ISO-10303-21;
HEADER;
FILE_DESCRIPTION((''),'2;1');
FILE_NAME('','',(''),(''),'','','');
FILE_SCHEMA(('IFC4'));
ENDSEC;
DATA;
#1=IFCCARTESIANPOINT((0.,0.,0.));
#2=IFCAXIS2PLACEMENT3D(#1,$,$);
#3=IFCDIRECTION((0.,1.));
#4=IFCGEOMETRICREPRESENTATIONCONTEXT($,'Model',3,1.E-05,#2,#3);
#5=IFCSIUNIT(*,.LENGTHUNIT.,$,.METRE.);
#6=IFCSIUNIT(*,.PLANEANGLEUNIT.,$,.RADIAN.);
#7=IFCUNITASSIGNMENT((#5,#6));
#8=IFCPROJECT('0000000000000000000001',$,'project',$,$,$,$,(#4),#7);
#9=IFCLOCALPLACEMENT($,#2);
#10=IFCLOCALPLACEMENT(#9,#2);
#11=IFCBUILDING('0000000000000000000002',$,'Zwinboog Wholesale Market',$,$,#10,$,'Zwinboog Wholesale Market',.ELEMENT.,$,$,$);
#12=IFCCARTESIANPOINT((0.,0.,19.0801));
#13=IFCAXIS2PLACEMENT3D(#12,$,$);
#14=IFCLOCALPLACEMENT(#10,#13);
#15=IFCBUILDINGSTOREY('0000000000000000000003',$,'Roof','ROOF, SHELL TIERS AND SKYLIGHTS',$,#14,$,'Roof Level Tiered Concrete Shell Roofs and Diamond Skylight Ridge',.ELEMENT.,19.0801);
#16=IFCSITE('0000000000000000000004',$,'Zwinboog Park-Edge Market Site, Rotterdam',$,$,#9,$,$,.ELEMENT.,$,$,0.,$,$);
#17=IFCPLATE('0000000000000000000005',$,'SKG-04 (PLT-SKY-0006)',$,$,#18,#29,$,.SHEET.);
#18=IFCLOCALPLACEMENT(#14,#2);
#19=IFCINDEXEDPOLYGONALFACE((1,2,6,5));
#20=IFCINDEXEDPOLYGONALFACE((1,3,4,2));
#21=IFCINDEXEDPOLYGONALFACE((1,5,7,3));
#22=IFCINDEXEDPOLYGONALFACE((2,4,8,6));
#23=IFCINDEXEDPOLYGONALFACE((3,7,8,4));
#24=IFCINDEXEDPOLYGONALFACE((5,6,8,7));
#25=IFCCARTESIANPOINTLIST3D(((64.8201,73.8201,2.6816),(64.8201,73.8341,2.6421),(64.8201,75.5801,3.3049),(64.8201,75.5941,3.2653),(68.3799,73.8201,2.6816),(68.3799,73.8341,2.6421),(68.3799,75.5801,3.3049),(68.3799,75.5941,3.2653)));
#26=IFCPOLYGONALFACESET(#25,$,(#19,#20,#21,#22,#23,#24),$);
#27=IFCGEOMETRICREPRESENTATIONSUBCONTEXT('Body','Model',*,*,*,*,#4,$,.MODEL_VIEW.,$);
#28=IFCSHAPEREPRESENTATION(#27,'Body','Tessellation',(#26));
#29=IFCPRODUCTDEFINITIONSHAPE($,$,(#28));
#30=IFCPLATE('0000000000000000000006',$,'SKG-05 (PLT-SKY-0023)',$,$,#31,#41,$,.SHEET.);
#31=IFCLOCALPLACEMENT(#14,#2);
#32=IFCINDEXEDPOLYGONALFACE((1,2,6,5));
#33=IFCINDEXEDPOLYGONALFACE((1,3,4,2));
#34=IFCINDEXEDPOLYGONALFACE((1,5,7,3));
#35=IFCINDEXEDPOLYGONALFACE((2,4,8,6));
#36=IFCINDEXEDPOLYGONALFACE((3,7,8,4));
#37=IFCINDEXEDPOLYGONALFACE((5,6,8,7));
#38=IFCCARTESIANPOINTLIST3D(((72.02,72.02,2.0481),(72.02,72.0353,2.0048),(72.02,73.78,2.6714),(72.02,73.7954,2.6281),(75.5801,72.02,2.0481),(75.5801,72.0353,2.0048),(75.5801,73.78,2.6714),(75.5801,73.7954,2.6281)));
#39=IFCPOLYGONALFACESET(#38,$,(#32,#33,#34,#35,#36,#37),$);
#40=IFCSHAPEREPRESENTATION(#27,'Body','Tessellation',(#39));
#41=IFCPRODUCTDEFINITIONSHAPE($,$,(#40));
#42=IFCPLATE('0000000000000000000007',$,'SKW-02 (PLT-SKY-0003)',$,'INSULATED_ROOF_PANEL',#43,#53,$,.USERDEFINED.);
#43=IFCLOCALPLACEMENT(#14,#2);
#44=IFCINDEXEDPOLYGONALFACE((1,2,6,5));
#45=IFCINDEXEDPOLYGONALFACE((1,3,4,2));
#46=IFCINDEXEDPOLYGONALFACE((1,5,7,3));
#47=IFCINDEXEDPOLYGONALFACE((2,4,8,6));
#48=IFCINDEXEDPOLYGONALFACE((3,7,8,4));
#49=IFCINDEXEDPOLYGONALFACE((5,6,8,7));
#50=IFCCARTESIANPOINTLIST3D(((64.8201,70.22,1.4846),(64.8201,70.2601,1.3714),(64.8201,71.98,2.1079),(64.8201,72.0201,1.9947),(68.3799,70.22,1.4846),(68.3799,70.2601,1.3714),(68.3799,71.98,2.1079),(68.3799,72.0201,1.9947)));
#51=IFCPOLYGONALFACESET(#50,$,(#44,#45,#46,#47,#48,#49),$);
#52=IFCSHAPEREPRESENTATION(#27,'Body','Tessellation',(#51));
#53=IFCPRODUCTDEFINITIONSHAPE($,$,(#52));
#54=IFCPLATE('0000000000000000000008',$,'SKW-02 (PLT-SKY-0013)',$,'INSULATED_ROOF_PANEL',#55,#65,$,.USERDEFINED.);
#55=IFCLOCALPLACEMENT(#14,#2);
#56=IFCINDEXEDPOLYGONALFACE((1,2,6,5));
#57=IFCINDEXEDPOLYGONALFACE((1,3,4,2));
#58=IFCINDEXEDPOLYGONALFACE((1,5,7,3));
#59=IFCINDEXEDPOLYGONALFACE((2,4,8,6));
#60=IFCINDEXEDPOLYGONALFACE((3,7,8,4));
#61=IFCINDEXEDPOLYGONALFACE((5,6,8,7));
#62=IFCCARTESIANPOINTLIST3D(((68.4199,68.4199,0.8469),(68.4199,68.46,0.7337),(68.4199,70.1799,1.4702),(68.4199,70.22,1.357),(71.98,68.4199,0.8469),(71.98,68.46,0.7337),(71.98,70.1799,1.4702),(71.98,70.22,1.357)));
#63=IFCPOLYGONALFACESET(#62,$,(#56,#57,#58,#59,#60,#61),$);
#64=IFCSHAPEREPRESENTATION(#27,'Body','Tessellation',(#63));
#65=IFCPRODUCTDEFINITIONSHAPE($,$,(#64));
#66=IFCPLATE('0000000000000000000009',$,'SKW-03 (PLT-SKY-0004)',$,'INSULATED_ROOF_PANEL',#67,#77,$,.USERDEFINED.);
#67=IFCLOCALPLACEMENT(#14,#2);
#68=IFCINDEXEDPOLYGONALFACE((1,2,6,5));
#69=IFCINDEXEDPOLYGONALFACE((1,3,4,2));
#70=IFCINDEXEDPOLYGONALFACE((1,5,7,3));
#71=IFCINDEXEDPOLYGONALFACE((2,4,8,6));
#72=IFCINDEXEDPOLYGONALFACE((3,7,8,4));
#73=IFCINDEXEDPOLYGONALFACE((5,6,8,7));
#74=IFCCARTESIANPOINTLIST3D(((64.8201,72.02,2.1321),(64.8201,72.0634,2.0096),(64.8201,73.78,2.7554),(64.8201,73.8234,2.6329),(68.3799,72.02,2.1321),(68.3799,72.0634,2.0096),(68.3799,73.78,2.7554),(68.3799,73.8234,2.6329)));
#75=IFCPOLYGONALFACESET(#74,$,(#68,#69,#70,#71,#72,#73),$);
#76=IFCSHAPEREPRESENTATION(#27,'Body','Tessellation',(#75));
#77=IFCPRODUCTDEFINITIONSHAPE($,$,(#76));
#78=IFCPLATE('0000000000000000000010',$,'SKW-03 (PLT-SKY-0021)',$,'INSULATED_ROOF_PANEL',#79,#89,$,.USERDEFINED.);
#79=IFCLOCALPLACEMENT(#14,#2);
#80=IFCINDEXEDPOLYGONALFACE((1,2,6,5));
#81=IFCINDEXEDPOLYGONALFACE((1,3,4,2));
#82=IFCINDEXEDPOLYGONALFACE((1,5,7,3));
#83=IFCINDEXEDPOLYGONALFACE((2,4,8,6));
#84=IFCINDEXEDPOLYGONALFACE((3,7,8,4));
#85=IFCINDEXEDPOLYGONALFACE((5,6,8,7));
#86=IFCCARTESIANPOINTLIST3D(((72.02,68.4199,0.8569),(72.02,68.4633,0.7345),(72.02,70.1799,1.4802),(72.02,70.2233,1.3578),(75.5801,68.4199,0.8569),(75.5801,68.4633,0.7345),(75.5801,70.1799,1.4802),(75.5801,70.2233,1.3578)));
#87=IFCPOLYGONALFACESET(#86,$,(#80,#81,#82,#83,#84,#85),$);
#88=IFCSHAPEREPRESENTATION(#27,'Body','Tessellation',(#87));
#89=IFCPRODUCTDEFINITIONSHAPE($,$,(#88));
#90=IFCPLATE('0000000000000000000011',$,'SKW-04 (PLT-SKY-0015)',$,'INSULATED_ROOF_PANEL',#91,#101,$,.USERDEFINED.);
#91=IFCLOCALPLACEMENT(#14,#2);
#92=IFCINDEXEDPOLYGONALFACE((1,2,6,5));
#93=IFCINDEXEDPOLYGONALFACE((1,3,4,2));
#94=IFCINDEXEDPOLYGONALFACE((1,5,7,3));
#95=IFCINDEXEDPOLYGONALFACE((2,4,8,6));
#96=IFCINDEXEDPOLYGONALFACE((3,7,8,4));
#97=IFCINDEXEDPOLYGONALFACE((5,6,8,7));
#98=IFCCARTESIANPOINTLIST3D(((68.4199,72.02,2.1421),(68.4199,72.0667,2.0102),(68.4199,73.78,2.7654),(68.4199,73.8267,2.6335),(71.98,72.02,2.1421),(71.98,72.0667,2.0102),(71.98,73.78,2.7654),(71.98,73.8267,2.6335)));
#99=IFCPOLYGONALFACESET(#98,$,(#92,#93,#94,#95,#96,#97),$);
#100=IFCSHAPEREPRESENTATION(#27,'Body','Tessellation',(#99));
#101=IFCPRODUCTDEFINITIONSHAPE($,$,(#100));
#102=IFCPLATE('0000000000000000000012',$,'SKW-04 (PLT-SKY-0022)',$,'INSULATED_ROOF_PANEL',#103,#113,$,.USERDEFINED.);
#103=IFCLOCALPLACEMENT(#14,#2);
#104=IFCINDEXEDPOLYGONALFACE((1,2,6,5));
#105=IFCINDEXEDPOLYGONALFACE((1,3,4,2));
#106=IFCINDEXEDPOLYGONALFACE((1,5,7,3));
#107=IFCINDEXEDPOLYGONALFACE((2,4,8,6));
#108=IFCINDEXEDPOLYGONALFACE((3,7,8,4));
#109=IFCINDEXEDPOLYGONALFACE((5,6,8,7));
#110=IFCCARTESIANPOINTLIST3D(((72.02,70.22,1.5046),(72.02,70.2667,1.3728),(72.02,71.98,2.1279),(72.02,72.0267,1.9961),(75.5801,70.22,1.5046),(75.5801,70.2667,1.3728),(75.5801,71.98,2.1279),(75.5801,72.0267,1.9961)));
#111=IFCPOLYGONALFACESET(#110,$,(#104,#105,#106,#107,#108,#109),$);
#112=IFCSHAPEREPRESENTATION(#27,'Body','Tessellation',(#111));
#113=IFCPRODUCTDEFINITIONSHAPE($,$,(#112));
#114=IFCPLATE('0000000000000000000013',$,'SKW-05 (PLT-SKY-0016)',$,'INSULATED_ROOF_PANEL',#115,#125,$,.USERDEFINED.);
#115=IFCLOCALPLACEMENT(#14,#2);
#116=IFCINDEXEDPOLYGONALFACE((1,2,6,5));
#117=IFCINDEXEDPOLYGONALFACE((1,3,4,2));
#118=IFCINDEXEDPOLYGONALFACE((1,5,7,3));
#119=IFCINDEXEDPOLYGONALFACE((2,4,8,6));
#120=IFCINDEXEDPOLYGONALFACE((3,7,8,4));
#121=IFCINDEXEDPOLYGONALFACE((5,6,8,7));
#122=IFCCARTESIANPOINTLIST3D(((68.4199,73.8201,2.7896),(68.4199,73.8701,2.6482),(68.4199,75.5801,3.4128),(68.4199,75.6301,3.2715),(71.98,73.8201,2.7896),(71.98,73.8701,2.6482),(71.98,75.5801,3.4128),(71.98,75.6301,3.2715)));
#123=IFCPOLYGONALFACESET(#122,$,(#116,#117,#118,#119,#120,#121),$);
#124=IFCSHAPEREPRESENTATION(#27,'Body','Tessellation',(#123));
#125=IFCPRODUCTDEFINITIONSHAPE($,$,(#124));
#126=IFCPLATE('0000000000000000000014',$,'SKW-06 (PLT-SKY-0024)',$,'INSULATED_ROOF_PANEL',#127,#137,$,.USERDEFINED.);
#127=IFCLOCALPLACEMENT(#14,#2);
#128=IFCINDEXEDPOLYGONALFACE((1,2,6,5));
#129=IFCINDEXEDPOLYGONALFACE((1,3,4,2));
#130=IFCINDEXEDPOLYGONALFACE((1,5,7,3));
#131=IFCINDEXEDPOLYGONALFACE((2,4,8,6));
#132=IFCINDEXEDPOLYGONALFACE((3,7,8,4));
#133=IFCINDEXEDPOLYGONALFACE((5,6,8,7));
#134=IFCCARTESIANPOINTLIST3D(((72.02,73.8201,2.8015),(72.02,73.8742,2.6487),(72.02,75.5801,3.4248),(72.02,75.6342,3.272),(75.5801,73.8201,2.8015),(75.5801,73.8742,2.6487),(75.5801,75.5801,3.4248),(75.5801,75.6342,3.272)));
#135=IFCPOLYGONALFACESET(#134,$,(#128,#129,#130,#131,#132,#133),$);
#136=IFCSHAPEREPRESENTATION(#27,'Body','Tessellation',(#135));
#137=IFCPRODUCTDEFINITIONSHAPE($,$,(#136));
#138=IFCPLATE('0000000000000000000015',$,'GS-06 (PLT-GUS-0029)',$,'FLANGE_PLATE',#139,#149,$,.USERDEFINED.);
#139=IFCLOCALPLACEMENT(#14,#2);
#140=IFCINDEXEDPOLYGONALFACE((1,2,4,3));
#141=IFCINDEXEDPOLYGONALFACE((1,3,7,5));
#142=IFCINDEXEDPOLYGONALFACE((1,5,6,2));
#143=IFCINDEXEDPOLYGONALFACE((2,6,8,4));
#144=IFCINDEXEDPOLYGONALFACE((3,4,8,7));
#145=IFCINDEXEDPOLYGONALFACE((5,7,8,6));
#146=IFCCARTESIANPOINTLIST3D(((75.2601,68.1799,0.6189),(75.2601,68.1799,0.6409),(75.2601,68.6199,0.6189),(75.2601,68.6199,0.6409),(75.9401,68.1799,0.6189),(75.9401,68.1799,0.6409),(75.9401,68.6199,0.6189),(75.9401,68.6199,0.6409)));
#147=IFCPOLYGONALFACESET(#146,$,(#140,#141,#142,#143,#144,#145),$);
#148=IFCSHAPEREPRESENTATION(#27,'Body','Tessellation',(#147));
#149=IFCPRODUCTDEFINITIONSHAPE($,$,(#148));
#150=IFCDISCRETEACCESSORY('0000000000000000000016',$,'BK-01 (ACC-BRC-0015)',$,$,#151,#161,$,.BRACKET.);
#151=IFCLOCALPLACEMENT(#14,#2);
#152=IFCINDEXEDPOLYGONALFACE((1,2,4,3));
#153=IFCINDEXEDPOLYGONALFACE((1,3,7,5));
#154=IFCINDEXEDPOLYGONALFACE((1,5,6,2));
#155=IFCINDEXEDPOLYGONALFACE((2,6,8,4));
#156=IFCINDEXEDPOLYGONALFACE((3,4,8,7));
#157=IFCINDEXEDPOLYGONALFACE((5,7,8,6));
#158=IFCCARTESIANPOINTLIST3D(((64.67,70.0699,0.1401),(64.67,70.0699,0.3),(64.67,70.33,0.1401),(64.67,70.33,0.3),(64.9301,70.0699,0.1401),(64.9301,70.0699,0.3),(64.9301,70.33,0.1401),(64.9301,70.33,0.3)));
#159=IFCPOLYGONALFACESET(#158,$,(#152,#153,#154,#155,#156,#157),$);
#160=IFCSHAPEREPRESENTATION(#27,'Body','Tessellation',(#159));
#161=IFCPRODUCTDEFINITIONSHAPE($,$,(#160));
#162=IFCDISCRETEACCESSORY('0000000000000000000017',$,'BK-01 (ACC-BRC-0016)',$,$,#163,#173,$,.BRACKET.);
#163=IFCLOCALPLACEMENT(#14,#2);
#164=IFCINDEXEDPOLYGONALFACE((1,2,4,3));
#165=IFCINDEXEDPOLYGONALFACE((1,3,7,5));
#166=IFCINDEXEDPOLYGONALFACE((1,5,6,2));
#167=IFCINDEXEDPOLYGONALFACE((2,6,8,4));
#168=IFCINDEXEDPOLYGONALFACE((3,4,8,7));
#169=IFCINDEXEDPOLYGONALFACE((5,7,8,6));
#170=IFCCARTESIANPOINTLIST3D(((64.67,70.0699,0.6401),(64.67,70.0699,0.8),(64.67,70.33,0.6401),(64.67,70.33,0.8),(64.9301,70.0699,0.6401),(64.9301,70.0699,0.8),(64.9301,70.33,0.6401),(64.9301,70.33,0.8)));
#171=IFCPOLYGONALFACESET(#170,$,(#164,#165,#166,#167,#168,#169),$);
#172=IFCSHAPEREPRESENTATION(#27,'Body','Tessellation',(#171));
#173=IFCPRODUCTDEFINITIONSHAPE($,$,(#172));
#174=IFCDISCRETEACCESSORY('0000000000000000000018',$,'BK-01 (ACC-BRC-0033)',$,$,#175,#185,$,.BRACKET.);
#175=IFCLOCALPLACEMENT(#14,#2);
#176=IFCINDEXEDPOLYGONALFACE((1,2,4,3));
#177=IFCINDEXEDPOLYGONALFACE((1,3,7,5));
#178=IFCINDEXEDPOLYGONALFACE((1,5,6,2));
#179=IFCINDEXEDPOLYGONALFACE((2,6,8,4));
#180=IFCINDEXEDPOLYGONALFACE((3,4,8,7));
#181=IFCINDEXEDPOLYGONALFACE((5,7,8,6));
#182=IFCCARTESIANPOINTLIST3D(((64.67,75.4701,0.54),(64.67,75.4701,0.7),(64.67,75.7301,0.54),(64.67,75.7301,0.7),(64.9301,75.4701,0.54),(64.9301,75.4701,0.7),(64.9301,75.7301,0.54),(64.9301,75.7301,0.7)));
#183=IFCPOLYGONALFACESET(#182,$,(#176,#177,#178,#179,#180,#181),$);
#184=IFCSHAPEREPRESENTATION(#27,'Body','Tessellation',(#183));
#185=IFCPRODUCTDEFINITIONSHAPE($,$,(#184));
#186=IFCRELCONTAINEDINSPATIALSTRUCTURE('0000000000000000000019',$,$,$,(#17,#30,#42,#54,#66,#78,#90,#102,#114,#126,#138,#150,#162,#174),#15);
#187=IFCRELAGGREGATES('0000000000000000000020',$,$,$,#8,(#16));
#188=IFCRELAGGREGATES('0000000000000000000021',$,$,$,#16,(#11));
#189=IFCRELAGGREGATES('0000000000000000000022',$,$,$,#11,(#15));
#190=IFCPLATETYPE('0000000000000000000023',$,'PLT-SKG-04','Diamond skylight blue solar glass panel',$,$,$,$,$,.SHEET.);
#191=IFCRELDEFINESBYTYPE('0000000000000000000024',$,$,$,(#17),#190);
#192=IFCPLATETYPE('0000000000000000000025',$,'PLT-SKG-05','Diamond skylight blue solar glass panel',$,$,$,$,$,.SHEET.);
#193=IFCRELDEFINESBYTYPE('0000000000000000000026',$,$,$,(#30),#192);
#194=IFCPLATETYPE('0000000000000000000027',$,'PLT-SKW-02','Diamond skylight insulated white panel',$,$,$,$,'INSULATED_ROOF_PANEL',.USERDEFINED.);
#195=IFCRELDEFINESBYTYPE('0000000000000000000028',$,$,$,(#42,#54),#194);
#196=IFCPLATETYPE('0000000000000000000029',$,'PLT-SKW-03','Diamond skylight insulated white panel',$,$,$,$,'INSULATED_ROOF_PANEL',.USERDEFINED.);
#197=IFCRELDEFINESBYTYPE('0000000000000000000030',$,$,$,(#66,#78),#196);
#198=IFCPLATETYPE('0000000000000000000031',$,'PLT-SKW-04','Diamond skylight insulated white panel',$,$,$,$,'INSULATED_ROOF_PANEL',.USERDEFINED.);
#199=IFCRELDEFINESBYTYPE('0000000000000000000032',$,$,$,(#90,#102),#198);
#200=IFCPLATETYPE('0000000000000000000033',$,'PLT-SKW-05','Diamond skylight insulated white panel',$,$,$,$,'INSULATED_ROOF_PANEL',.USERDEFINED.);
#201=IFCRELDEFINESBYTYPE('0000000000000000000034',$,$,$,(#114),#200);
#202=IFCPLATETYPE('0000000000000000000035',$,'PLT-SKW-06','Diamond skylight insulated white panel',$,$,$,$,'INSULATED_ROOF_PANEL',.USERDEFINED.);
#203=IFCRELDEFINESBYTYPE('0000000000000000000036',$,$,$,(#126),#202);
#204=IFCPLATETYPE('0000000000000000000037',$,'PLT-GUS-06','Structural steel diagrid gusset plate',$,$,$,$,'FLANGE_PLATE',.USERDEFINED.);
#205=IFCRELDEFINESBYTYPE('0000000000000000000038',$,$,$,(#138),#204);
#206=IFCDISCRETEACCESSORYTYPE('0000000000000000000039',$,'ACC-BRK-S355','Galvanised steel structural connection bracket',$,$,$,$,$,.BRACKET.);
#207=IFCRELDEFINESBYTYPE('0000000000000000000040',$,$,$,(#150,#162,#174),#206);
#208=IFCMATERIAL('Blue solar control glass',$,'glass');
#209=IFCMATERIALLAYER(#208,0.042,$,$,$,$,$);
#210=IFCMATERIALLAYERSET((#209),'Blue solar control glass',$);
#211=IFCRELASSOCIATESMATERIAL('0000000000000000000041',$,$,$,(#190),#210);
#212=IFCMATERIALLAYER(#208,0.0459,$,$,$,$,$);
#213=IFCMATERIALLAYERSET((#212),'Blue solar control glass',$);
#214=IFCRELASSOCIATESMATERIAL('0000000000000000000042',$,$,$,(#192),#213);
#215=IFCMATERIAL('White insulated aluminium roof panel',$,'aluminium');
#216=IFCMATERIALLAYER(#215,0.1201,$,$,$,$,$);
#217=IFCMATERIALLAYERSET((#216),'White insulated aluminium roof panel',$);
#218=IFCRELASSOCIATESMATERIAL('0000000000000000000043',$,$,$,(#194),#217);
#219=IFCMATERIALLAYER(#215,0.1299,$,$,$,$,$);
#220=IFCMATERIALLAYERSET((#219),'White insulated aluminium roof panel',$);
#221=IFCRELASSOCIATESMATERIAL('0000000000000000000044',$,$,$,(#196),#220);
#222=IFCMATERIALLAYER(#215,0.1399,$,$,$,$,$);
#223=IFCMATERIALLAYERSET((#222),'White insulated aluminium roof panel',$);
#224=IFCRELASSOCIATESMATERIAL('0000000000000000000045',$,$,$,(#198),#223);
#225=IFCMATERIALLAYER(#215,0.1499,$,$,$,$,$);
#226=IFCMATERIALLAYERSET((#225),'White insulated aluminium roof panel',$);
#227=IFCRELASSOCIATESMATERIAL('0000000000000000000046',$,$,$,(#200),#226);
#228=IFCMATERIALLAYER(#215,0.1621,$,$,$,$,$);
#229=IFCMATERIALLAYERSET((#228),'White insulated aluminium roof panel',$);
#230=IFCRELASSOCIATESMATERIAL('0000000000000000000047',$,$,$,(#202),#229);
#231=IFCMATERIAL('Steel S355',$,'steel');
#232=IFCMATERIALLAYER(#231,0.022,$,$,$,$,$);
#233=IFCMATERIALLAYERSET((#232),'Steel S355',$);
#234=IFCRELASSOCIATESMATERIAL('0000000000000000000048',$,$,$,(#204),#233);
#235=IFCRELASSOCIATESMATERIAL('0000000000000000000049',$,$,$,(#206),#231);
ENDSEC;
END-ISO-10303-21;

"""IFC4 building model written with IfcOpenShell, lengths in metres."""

from ifc_helpers import new_model, si_unit, direction, frame, origin, origin_2d, place, context, subcontext, project, spatial, polyline, rectangle, outline, extrude, material, layer, layer_set, type_object, element, save


model = new_model("IFC4")

# Units and contexts
model_context = context("Model", 3, precision=1e-05, world=origin(), true_north=direction((0.0, 1.0)))
body_context = subcontext(model_context, "Body", "Model", "MODEL_VIEW")
ifc_project = project(units=[si_unit("LENGTHUNIT", "METRE"), si_unit("PLANEANGLEUNIT", "RADIAN")], contexts=[model_context])

# Site, building, storey
site_placement = place(None, origin())
site = spatial("IfcSite", under=ifc_project, at=site_placement, Name="Zwinboog Park-Edge Market Site, Rotterdam", CompositionType="ELEMENT", RefElevation=0.0)
building_placement = place(site_placement, origin())
building = spatial("IfcBuilding", under=site, at=building_placement, Name="Zwinboog Wholesale Market", LongName="Zwinboog Wholesale Market", CompositionType="ELEMENT")
storey_placement = place(building_placement, frame((0.0, 0.0, 19.0801)))
storey = spatial("IfcBuildingStorey", under=building, at=storey_placement, Name="Roof", Description="ROOF, SHELL TIERS AND SKYLIGHTS", LongName="Roof Level Tiered Concrete Shell Roofs and Diamond Skylight Ridge", CompositionType="ELEMENT", Elevation=19.0801)

# Shared definitions
ifc_material_1 = material(Name="Steel S355", Category="steel")

# Plates
ifc_material_2 = material(Name="Blue solar control glass", Category="glass")
ifc_layer_1 = layer(ifc_material_2, 0.042)
ifc_layer_set_1 = layer_set([ifc_layer_1], Name="Blue solar control glass")
plate_type_1 = type_object("IfcPlateType", Name="PLT-SKG-04", Description="Diamond skylight blue solar glass panel", PredefinedType="SHEET", material=ifc_layer_set_1)
plate_1_placement = place(storey_placement, frame((64.8201, 73.8201, 2.6816), z_axis=(0.0, -0.333825, 0.942635), x_axis=(1.0, 0.0, 0.0)))
element("IfcPlate", 1, at=plate_1_placement, inside=storey, type_object=plate_type_1, Name="SKG-04 (PLT-SKY-0006)", PredefinedType="SHEET", context=body_context, shape_type="SweptSolid", body=[
    extrude(outline(polyline([(0.0, 0.0), (3.5598, 0.0), (3.5598, 1.8671), (0.0, 1.8671), (0.0, 0.0)])), origin(), (0.0, 0.0, -1.0), 0.042),
])
ifc_layer_2 = layer(ifc_material_2, 0.0459)
ifc_layer_set_2 = layer_set([ifc_layer_2], Name="Blue solar control glass")
plate_type_2 = type_object("IfcPlateType", Name="PLT-SKG-05", Description="Diamond skylight blue solar glass panel", PredefinedType="SHEET", material=ifc_layer_set_2)
plate_2_placement = place(storey_placement, frame((72.02, 72.02, 2.0481), z_axis=(0.0, -0.333825, 0.942635), x_axis=(1.0, 0.0, 0.0)))
element("IfcPlate", 2, at=plate_2_placement, inside=storey, type_object=plate_type_2, Name="SKG-05 (PLT-SKY-0023)", PredefinedType="SHEET", context=body_context, shape_type="SweptSolid", body=[
    extrude(outline(polyline([(0.0, 0.0), (3.5601, 0.0), (3.5601, 1.8671), (0.0, 1.8671), (0.0, 0.0)])), origin(), (0.0, 0.0, -1.0), 0.0459),
])
ifc_material_3 = material(Name="White insulated aluminium roof panel", Category="aluminium")
ifc_layer_3 = layer(ifc_material_3, 0.1201)
ifc_layer_set_3 = layer_set([ifc_layer_3], Name="White insulated aluminium roof panel")
plate_type_3 = type_object("IfcPlateType", Name="PLT-SKW-02", Description="Diamond skylight insulated white panel", ElementType="INSULATED_ROOF_PANEL", PredefinedType="USERDEFINED", material=ifc_layer_set_3)
plate_3_placement = place(storey_placement, frame((64.8201, 70.22, 1.4846), z_axis=(0.0, -0.333825, 0.942635), x_axis=(1.0, 0.0, 0.0)))
element("IfcPlate", 3, at=plate_3_placement, inside=storey, type_object=plate_type_3, Name="SKW-02 (PLT-SKY-0003)", ObjectType="INSULATED_ROOF_PANEL", PredefinedType="USERDEFINED", context=body_context, shape_type="SweptSolid", body=[
    extrude(outline(polyline([(0.0, 0.0), (3.5598, 0.0), (3.5598, 1.8671), (0.0, 1.8671), (0.0, 0.0)])), origin(), (0.0, 0.0, -1.0), 0.1201),
])
plate_4_placement = place(storey_placement, frame((68.4199, 68.4199, 0.8469), z_axis=(0.0, -0.333825, 0.942635), x_axis=(1.0, 0.0, 0.0)))
element("IfcPlate", 4, at=plate_4_placement, inside=storey, type_object=plate_type_3, Name="SKW-02 (PLT-SKY-0013)", ObjectType="INSULATED_ROOF_PANEL", PredefinedType="USERDEFINED", context=body_context, shape_type="SweptSolid", body=[
    extrude(outline(polyline([(0.0, 0.0), (3.5601, 0.0), (3.5601, 1.8671), (0.0, 1.8671), (0.0, 0.0)])), origin(), (0.0, 0.0, -1.0), 0.1201),
])
ifc_layer_4 = layer(ifc_material_3, 0.1299)
ifc_layer_set_4 = layer_set([ifc_layer_4], Name="White insulated aluminium roof panel")
plate_type_4 = type_object("IfcPlateType", Name="PLT-SKW-03", Description="Diamond skylight insulated white panel", ElementType="INSULATED_ROOF_PANEL", PredefinedType="USERDEFINED", material=ifc_layer_set_4)
plate_5_placement = place(storey_placement, frame((64.8201, 72.02, 2.1321), z_axis=(0.0, -0.333825, 0.942635), x_axis=(1.0, 0.0, 0.0)))
element("IfcPlate", 5, at=plate_5_placement, inside=storey, type_object=plate_type_4, Name="SKW-03 (PLT-SKY-0004)", ObjectType="INSULATED_ROOF_PANEL", PredefinedType="USERDEFINED", context=body_context, shape_type="SweptSolid", body=[
    extrude(outline(polyline([(0.0, 0.0), (3.5598, 0.0), (3.5598, 1.8671), (0.0, 1.8671), (0.0, 0.0)])), origin(), (0.0, 0.0, -1.0), 0.1299),
])
plate_6_placement = place(storey_placement, frame((72.02, 68.4199, 0.8569), z_axis=(0.0, -0.333825, 0.942635), x_axis=(1.0, 0.0, 0.0)))
element("IfcPlate", 6, at=plate_6_placement, inside=storey, type_object=plate_type_4, Name="SKW-03 (PLT-SKY-0021)", ObjectType="INSULATED_ROOF_PANEL", PredefinedType="USERDEFINED", context=body_context, shape_type="SweptSolid", body=[
    extrude(outline(polyline([(0.0, 0.0), (3.5601, 0.0), (3.5601, 1.8671), (0.0, 1.8671), (0.0, 0.0)])), origin(), (0.0, 0.0, -1.0), 0.1299),
])
ifc_layer_5 = layer(ifc_material_3, 0.1399)
ifc_layer_set_5 = layer_set([ifc_layer_5], Name="White insulated aluminium roof panel")
plate_type_5 = type_object("IfcPlateType", Name="PLT-SKW-04", Description="Diamond skylight insulated white panel", ElementType="INSULATED_ROOF_PANEL", PredefinedType="USERDEFINED", material=ifc_layer_set_5)
for number, where, z_axis, x_axis, name in (
    (7, (68.4199, 72.02, 2.1421), (0.0, -0.333825, 0.942635), (1.0, 0.0, 0.0), "SKW-04 (PLT-SKY-0015)"),
    (8, (72.02, 70.22, 1.5046), (0.0, -0.333825, 0.942635), (1.0, 0.0, 0.0), "SKW-04 (PLT-SKY-0022)"),
):
    element("IfcPlate", number, at=place(storey_placement, frame(where, z_axis=z_axis, x_axis=x_axis)), inside=storey, type_object=plate_type_5, Name=name, ObjectType="INSULATED_ROOF_PANEL", PredefinedType="USERDEFINED", context=body_context, shape_type="SweptSolid", body=[
        extrude(outline(polyline([(0.0, 0.0), (3.5601, 0.0), (3.5601, 1.8671), (0.0, 1.8671), (0.0, 0.0)])), origin(), (0.0, 0.0, -1.0), 0.1399),
    ])
ifc_layer_6 = layer(ifc_material_3, 0.1499)
ifc_layer_set_6 = layer_set([ifc_layer_6], Name="White insulated aluminium roof panel")
plate_type_6 = type_object("IfcPlateType", Name="PLT-SKW-05", Description="Diamond skylight insulated white panel", ElementType="INSULATED_ROOF_PANEL", PredefinedType="USERDEFINED", material=ifc_layer_set_6)
plate_7_placement = place(storey_placement, frame((68.4199, 73.8201, 2.7896), z_axis=(0.0, -0.333825, 0.942635), x_axis=(1.0, 0.0, 0.0)))
element("IfcPlate", 9, at=plate_7_placement, inside=storey, type_object=plate_type_6, Name="SKW-05 (PLT-SKY-0016)", ObjectType="INSULATED_ROOF_PANEL", PredefinedType="USERDEFINED", context=body_context, shape_type="SweptSolid", body=[
    extrude(outline(polyline([(0.0, 0.0), (3.5601, 0.0), (3.5601, 1.8671), (0.0, 1.8671), (0.0, 0.0)])), origin(), (0.0, 0.0, -1.0), 0.1499),
])
ifc_layer_7 = layer(ifc_material_3, 0.1621)
ifc_layer_set_7 = layer_set([ifc_layer_7], Name="White insulated aluminium roof panel")
plate_type_7 = type_object("IfcPlateType", Name="PLT-SKW-06", Description="Diamond skylight insulated white panel", ElementType="INSULATED_ROOF_PANEL", PredefinedType="USERDEFINED", material=ifc_layer_set_7)
plate_8_placement = place(storey_placement, frame((72.02, 73.8201, 2.8015), z_axis=(0.0, -0.333825, 0.942635), x_axis=(1.0, 0.0, 0.0)))
element("IfcPlate", 10, at=plate_8_placement, inside=storey, type_object=plate_type_7, Name="SKW-06 (PLT-SKY-0024)", ObjectType="INSULATED_ROOF_PANEL", PredefinedType="USERDEFINED", context=body_context, shape_type="SweptSolid", body=[
    extrude(outline(polyline([(0.0, 0.0), (3.5601, 0.0), (3.5601, 1.8671), (0.0, 1.8671), (0.0, 0.0)])), origin(), (0.0, 0.0, -1.0), 0.1621),
])
ifc_layer_8 = layer(ifc_material_1, 0.022)
ifc_layer_set_8 = layer_set([ifc_layer_8], Name="Steel S355")
plate_type_8 = type_object("IfcPlateType", Name="PLT-GUS-06", Description="Structural steel diagrid gusset plate", ElementType="FLANGE_PLATE", PredefinedType="USERDEFINED", material=ifc_layer_set_8)
plate_9_placement = place(storey_placement, frame((75.6001, 68.3999, 0.6189), z_axis=(0.0, 0.0, 1.0), x_axis=(1.0, 0.0, 0.0)))
element("IfcPlate", 11, at=plate_9_placement, inside=storey, type_object=plate_type_8, Name="GS-06 (PLT-GUS-0029)", ObjectType="FLANGE_PLATE", PredefinedType="USERDEFINED", context=body_context, shape_type="SweptSolid", body=[
    extrude(rectangle(XDim=0.6799, YDim=0.4399, at=origin_2d()), origin(), (0.0, 0.0, 1.0), 0.022),
])

# Discrete accessories
discrete_accessory_type = type_object("IfcDiscreteAccessoryType", Name="ACC-BRK-S355", Description="Galvanised steel structural connection bracket", PredefinedType="BRACKET", material=ifc_material_1)
for number, where, z_axis, x_axis, name in (
    (12, (64.8, 70.2, 0.1401), (0.0, 0.0, 1.0), (1.0, 0.0, 0.0), "BK-01 (ACC-BRC-0015)"),
    (13, (64.8, 70.2, 0.6401), (0.0, 0.0, 1.0), (1.0, 0.0, 0.0), "BK-01 (ACC-BRC-0016)"),
    (14, (64.8, 75.6001, 0.54), (0.0, 0.0, 1.0), (1.0, 0.0, 0.0), "BK-01 (ACC-BRC-0033)"),
):
    element("IfcDiscreteAccessory", number, at=place(storey_placement, frame(where, z_axis=z_axis, x_axis=x_axis)), inside=storey, type_object=discrete_accessory_type, Name=name, PredefinedType="BRACKET", context=body_context, shape_type="SweptSolid", body=[
        extrude(rectangle(XDim=0.26, YDim=0.26, at=origin_2d()), origin(), (0.0, 0.0, 1.0), 0.1599),
    ])

save(model, "model.ifc")
